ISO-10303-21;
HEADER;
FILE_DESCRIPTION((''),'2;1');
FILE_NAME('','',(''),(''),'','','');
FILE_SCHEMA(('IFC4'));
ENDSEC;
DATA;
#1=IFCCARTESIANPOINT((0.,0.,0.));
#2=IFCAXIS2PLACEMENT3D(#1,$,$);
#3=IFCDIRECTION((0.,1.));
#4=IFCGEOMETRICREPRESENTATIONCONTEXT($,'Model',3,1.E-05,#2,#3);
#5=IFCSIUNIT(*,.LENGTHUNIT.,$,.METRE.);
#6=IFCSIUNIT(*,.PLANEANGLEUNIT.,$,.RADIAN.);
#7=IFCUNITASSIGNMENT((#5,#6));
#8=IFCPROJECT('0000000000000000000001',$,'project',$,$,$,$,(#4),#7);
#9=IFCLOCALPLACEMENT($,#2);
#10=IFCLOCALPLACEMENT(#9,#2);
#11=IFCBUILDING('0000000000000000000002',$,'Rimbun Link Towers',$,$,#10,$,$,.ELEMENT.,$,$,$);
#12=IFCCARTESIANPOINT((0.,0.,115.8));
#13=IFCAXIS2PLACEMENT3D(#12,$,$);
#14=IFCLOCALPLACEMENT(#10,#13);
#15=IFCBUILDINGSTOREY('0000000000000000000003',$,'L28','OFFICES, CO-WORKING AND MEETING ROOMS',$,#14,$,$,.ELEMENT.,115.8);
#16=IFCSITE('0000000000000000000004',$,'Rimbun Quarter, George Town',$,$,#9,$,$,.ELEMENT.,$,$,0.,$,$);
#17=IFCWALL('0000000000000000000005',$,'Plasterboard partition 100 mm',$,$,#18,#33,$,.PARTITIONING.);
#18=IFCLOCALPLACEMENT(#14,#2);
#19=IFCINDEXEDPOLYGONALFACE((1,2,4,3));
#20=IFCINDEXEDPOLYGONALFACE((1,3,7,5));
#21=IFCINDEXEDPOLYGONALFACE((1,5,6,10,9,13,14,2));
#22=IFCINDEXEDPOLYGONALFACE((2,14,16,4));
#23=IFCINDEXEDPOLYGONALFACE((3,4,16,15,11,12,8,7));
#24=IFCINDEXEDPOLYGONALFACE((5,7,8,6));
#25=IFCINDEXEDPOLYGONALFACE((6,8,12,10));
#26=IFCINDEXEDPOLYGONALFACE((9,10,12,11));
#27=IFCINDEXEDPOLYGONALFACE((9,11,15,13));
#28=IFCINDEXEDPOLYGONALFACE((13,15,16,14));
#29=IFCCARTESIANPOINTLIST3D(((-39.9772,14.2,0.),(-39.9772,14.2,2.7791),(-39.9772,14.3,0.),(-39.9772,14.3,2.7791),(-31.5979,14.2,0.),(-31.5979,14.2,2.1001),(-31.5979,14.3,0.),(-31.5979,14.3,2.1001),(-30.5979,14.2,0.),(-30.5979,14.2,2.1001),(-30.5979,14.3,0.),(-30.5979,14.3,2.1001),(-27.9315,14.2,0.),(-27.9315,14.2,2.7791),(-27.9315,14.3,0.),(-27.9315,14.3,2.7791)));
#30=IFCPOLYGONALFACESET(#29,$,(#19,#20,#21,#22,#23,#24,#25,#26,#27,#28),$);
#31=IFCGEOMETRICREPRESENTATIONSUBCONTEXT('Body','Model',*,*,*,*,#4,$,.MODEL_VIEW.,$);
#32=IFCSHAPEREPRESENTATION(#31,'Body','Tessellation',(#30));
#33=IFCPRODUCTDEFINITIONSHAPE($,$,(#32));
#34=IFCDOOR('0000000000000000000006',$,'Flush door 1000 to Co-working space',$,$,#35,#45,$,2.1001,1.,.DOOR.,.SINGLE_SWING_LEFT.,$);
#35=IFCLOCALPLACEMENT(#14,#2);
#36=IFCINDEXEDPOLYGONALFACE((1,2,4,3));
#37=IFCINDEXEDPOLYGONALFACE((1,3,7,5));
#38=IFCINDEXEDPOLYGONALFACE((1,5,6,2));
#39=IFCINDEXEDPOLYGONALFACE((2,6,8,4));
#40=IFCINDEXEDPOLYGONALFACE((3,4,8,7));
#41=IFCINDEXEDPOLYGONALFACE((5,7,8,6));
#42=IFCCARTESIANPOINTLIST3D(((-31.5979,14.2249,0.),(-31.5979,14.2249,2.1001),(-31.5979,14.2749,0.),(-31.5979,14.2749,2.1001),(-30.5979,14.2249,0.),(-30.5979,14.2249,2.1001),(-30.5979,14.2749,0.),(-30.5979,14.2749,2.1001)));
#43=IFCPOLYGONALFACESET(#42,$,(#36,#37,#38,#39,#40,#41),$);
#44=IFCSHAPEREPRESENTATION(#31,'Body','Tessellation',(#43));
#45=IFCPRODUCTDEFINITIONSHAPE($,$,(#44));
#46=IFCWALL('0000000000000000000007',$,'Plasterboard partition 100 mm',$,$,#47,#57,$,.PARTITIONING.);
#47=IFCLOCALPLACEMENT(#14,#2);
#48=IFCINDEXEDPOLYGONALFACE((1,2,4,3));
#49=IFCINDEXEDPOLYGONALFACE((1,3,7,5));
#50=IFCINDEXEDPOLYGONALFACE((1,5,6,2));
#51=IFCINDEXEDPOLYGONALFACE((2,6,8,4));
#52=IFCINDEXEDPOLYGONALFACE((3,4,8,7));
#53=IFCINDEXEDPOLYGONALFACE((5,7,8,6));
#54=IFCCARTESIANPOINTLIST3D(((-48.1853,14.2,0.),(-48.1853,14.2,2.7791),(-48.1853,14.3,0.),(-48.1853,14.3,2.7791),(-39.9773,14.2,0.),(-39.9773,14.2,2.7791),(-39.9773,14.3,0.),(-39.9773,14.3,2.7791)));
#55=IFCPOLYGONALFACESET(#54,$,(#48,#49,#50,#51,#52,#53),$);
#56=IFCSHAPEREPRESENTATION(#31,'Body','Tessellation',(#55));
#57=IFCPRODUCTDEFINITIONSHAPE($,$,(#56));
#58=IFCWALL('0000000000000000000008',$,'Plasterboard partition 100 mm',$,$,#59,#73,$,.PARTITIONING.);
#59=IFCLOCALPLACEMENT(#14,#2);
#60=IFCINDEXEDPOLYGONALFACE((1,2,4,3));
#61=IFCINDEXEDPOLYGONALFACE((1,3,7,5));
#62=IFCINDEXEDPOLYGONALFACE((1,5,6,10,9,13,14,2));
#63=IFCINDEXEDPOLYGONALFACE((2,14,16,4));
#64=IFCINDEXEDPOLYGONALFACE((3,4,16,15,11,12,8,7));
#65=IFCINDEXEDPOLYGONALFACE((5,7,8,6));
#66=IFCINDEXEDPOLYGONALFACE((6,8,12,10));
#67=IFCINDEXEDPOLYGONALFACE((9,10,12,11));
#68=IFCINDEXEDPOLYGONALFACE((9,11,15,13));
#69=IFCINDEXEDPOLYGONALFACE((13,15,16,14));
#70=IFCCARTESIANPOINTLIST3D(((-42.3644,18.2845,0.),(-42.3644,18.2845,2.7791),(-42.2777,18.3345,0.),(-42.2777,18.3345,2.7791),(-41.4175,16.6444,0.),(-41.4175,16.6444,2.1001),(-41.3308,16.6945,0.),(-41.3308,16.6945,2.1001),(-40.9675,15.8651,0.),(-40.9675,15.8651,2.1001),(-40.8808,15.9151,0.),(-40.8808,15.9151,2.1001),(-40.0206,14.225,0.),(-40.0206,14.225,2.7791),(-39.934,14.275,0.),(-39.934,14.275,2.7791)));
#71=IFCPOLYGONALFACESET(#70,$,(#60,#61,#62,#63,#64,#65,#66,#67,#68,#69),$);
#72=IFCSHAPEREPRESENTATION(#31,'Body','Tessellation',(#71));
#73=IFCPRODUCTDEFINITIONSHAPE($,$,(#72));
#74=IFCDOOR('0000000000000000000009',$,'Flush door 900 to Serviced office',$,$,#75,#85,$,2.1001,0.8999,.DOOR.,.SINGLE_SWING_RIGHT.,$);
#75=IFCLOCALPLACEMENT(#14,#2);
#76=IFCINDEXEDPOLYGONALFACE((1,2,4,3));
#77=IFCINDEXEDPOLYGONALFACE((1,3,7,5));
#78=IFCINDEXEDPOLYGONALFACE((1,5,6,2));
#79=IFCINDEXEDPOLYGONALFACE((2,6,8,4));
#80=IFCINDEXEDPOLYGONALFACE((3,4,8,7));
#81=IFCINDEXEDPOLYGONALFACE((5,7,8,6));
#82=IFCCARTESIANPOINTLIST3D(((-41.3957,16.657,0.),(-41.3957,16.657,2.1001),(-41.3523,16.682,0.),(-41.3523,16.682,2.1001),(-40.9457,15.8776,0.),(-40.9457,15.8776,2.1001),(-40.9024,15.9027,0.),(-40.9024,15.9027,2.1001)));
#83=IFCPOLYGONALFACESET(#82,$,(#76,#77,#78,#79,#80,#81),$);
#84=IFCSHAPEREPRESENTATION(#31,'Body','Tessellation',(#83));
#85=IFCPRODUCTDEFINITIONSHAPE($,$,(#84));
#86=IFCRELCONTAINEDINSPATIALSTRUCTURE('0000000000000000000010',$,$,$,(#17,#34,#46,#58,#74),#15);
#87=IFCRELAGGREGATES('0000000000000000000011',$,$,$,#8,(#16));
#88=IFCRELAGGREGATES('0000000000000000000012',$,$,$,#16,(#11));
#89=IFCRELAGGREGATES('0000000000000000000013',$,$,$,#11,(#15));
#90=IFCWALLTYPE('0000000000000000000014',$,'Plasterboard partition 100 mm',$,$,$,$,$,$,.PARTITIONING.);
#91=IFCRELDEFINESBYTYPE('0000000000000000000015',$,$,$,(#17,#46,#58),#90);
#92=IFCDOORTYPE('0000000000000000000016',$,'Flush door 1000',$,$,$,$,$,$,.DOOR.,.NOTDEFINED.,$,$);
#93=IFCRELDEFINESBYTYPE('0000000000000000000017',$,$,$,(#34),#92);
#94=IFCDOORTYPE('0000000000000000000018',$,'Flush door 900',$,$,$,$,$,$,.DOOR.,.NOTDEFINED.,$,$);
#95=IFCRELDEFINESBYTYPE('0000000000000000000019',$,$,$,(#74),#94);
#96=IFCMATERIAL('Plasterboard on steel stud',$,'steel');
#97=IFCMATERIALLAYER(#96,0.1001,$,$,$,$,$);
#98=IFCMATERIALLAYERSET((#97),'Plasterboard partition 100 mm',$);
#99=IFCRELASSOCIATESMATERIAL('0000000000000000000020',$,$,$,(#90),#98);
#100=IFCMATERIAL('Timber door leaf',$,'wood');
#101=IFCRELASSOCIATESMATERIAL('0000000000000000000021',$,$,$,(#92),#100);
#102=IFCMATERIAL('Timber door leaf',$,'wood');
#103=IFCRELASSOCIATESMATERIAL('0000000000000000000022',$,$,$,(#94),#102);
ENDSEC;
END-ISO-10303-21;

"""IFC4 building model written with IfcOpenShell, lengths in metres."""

from ifc_helpers import new_model, si_unit, direction, frame, frame_2d, origin, place, context, subcontext, project, spatial, rectangle, extrude, material, layer, layer_set, type_object, element, fill, save


model = new_model("IFC4")

# Units and contexts
model_context = context("Model", 3, precision=1e-05, world=origin(), true_north=direction((0.0, 1.0)))
body_context = subcontext(model_context, "Body", "Model", "MODEL_VIEW")
ifc_project = project(units=[si_unit("LENGTHUNIT", "METRE"), si_unit("PLANEANGLEUNIT", "RADIAN")], contexts=[model_context])

# Site, building, storey
site_placement = place(None, origin())
site = spatial("IfcSite", under=ifc_project, at=site_placement, Name="Rimbun Quarter, George Town", CompositionType="ELEMENT", RefElevation=0.0)
building_placement = place(site_placement, origin())
building = spatial("IfcBuilding", under=site, at=building_placement, Name="Rimbun Link Towers", CompositionType="ELEMENT")
storey_placement = place(building_placement, frame((0.0, 0.0, 115.8)))
storey = spatial("IfcBuildingStorey", under=building, at=storey_placement, Name="L28", Description="OFFICES, CO-WORKING AND MEETING ROOMS", CompositionType="ELEMENT", Elevation=115.8)

# Wall, opening, door
ifc_material_1 = material(Name="Plasterboard on steel stud", Category="steel")
ifc_layer_1 = layer(ifc_material_1, 0.1001)
ifc_layer_set_1 = layer_set([ifc_layer_1], Name="Plasterboard partition 100 mm")
wall_type = type_object("IfcWallType", Name="Plasterboard partition 100 mm", PredefinedType="PARTITIONING", material=ifc_layer_set_1)
wall_1_placement = place(storey_placement, frame((-39.9773, 14.25, 0.0), z_axis=(0.0, 0.0, 1.0), x_axis=(1.0, 0.0, 0.0)))
wall_1 = element("IfcWall", 1, at=wall_1_placement, inside=storey, type_object=wall_type, Name="Plasterboard partition 100 mm", PredefinedType="PARTITIONING", context=body_context, shape_type="SweptSolid", body=[
    extrude(rectangle(XDim=12.0457, YDim=0.1001, at=frame_2d((6.0229, 0.0))), origin(), (0.0, 0.0, 1.0), 2.7791),
])
opening_1_placement = place(wall_1_placement, frame((8.3794, 0.0, 0.0)))
opening_1 = element("IfcOpeningElement", 2, at=opening_1_placement, cuts=wall_1, PredefinedType="OPENING", context=body_context, shape_type="SweptSolid", body=[
    extrude(rectangle(XDim=1.0, YDim=2.1001, at=frame_2d((0.5, 1.05))), frame((0.0, 0.0601, 0.0), z_axis=(0.0, -1.0, 0.0), x_axis=(1.0, 0.0, 0.0)), (0.0, 0.0, 1.0), 0.1201),
])
ifc_material_2 = material(Name="Timber door leaf", Category="wood")
door_type_1 = type_object("IfcDoorType", Name="Flush door 1000", OperationType="NOTDEFINED", PredefinedType="DOOR", material=ifc_material_2)
door_1_placement = place(opening_1_placement, origin())
door_1 = element("IfcDoor", 3, at=door_1_placement, inside=storey, type_object=door_type_1, Name="Flush door 1000 to Co-working space", OperationType="SINGLE_SWING_LEFT", OverallHeight=2.1001, OverallWidth=1.0, PredefinedType="DOOR", context=body_context, shape_type="SweptSolid", body=[
    extrude(rectangle(XDim=1.0, YDim=2.1001, at=frame_2d((0.5, 1.05))), frame((0.0, 0.0249, 0.0), z_axis=(0.0, -1.0, 0.0), x_axis=(1.0, 0.0, 0.0)), (0.0, 0.0, 1.0), 0.05),
])
fill(opening_1, door_1)

# Wall
wall_2_placement = place(storey_placement, frame((-39.9773, 14.25, 0.0), z_axis=(0.0, 0.0, 1.0), x_axis=(-1.0, 0.0, 0.0)))
element("IfcWall", 4, at=wall_2_placement, inside=storey, type_object=wall_type, Name="Plasterboard partition 100 mm", PredefinedType="PARTITIONING", context=body_context, shape_type="SweptSolid", body=[
    extrude(rectangle(XDim=8.208, YDim=0.1001, at=frame_2d((4.104, 0.0))), origin(), (0.0, 0.0, 1.0), 2.7791),
])

# Wall, opening, door
wall_3_placement = place(storey_placement, frame((-39.9773, 14.25, 0.0), z_axis=(0.0, 0.0, 1.0), x_axis=(-0.499993, 0.866029, 0.0)))
wall_3 = element("IfcWall", 5, at=wall_3_placement, inside=storey, type_object=wall_type, Name="Plasterboard partition 100 mm", PredefinedType="PARTITIONING", context=body_context, shape_type="SweptSolid", body=[
    extrude(rectangle(XDim=4.6875, YDim=0.1001, at=frame_2d((2.3438, 0.0))), origin(), (0.0, 0.0, 1.0), 2.7791),
])
opening_2_placement = place(wall_3_placement, frame((1.8938, 0.0, 0.0)))
opening_2 = element("IfcOpeningElement", 6, at=opening_2_placement, cuts=wall_3, PredefinedType="OPENING", context=body_context, shape_type="SweptSolid", body=[
    extrude(rectangle(XDim=0.8999, YDim=2.1001, at=frame_2d((0.45, 1.05))), frame((0.0, 0.0601, 0.0), z_axis=(0.0, -1.0, 0.0), x_axis=(1.0, 0.0, 0.0)), (0.0, 0.0, 1.0), 0.1201),
])
ifc_material_3 = material(Name="Timber door leaf", Category="wood")
door_type_2 = type_object("IfcDoorType", Name="Flush door 900", OperationType="NOTDEFINED", PredefinedType="DOOR", material=ifc_material_3)
door_2_placement = place(opening_2_placement, origin())
door_2 = element("IfcDoor", 7, at=door_2_placement, inside=storey, type_object=door_type_2, Name="Flush door 900 to Serviced office", OperationType="SINGLE_SWING_RIGHT", OverallHeight=2.1001, OverallWidth=0.8999, PredefinedType="DOOR", context=body_context, shape_type="SweptSolid", body=[
    extrude(rectangle(XDim=0.8999, YDim=2.1001, at=frame_2d((0.45, 1.05))), frame((0.0, 0.0249, 0.0), z_axis=(0.0, -1.0, 0.0), x_axis=(1.0, 0.0, 0.0)), (0.0, 0.0, 1.0), 0.05),
])
fill(opening_2, door_2)

save(model, "model.ifc")
